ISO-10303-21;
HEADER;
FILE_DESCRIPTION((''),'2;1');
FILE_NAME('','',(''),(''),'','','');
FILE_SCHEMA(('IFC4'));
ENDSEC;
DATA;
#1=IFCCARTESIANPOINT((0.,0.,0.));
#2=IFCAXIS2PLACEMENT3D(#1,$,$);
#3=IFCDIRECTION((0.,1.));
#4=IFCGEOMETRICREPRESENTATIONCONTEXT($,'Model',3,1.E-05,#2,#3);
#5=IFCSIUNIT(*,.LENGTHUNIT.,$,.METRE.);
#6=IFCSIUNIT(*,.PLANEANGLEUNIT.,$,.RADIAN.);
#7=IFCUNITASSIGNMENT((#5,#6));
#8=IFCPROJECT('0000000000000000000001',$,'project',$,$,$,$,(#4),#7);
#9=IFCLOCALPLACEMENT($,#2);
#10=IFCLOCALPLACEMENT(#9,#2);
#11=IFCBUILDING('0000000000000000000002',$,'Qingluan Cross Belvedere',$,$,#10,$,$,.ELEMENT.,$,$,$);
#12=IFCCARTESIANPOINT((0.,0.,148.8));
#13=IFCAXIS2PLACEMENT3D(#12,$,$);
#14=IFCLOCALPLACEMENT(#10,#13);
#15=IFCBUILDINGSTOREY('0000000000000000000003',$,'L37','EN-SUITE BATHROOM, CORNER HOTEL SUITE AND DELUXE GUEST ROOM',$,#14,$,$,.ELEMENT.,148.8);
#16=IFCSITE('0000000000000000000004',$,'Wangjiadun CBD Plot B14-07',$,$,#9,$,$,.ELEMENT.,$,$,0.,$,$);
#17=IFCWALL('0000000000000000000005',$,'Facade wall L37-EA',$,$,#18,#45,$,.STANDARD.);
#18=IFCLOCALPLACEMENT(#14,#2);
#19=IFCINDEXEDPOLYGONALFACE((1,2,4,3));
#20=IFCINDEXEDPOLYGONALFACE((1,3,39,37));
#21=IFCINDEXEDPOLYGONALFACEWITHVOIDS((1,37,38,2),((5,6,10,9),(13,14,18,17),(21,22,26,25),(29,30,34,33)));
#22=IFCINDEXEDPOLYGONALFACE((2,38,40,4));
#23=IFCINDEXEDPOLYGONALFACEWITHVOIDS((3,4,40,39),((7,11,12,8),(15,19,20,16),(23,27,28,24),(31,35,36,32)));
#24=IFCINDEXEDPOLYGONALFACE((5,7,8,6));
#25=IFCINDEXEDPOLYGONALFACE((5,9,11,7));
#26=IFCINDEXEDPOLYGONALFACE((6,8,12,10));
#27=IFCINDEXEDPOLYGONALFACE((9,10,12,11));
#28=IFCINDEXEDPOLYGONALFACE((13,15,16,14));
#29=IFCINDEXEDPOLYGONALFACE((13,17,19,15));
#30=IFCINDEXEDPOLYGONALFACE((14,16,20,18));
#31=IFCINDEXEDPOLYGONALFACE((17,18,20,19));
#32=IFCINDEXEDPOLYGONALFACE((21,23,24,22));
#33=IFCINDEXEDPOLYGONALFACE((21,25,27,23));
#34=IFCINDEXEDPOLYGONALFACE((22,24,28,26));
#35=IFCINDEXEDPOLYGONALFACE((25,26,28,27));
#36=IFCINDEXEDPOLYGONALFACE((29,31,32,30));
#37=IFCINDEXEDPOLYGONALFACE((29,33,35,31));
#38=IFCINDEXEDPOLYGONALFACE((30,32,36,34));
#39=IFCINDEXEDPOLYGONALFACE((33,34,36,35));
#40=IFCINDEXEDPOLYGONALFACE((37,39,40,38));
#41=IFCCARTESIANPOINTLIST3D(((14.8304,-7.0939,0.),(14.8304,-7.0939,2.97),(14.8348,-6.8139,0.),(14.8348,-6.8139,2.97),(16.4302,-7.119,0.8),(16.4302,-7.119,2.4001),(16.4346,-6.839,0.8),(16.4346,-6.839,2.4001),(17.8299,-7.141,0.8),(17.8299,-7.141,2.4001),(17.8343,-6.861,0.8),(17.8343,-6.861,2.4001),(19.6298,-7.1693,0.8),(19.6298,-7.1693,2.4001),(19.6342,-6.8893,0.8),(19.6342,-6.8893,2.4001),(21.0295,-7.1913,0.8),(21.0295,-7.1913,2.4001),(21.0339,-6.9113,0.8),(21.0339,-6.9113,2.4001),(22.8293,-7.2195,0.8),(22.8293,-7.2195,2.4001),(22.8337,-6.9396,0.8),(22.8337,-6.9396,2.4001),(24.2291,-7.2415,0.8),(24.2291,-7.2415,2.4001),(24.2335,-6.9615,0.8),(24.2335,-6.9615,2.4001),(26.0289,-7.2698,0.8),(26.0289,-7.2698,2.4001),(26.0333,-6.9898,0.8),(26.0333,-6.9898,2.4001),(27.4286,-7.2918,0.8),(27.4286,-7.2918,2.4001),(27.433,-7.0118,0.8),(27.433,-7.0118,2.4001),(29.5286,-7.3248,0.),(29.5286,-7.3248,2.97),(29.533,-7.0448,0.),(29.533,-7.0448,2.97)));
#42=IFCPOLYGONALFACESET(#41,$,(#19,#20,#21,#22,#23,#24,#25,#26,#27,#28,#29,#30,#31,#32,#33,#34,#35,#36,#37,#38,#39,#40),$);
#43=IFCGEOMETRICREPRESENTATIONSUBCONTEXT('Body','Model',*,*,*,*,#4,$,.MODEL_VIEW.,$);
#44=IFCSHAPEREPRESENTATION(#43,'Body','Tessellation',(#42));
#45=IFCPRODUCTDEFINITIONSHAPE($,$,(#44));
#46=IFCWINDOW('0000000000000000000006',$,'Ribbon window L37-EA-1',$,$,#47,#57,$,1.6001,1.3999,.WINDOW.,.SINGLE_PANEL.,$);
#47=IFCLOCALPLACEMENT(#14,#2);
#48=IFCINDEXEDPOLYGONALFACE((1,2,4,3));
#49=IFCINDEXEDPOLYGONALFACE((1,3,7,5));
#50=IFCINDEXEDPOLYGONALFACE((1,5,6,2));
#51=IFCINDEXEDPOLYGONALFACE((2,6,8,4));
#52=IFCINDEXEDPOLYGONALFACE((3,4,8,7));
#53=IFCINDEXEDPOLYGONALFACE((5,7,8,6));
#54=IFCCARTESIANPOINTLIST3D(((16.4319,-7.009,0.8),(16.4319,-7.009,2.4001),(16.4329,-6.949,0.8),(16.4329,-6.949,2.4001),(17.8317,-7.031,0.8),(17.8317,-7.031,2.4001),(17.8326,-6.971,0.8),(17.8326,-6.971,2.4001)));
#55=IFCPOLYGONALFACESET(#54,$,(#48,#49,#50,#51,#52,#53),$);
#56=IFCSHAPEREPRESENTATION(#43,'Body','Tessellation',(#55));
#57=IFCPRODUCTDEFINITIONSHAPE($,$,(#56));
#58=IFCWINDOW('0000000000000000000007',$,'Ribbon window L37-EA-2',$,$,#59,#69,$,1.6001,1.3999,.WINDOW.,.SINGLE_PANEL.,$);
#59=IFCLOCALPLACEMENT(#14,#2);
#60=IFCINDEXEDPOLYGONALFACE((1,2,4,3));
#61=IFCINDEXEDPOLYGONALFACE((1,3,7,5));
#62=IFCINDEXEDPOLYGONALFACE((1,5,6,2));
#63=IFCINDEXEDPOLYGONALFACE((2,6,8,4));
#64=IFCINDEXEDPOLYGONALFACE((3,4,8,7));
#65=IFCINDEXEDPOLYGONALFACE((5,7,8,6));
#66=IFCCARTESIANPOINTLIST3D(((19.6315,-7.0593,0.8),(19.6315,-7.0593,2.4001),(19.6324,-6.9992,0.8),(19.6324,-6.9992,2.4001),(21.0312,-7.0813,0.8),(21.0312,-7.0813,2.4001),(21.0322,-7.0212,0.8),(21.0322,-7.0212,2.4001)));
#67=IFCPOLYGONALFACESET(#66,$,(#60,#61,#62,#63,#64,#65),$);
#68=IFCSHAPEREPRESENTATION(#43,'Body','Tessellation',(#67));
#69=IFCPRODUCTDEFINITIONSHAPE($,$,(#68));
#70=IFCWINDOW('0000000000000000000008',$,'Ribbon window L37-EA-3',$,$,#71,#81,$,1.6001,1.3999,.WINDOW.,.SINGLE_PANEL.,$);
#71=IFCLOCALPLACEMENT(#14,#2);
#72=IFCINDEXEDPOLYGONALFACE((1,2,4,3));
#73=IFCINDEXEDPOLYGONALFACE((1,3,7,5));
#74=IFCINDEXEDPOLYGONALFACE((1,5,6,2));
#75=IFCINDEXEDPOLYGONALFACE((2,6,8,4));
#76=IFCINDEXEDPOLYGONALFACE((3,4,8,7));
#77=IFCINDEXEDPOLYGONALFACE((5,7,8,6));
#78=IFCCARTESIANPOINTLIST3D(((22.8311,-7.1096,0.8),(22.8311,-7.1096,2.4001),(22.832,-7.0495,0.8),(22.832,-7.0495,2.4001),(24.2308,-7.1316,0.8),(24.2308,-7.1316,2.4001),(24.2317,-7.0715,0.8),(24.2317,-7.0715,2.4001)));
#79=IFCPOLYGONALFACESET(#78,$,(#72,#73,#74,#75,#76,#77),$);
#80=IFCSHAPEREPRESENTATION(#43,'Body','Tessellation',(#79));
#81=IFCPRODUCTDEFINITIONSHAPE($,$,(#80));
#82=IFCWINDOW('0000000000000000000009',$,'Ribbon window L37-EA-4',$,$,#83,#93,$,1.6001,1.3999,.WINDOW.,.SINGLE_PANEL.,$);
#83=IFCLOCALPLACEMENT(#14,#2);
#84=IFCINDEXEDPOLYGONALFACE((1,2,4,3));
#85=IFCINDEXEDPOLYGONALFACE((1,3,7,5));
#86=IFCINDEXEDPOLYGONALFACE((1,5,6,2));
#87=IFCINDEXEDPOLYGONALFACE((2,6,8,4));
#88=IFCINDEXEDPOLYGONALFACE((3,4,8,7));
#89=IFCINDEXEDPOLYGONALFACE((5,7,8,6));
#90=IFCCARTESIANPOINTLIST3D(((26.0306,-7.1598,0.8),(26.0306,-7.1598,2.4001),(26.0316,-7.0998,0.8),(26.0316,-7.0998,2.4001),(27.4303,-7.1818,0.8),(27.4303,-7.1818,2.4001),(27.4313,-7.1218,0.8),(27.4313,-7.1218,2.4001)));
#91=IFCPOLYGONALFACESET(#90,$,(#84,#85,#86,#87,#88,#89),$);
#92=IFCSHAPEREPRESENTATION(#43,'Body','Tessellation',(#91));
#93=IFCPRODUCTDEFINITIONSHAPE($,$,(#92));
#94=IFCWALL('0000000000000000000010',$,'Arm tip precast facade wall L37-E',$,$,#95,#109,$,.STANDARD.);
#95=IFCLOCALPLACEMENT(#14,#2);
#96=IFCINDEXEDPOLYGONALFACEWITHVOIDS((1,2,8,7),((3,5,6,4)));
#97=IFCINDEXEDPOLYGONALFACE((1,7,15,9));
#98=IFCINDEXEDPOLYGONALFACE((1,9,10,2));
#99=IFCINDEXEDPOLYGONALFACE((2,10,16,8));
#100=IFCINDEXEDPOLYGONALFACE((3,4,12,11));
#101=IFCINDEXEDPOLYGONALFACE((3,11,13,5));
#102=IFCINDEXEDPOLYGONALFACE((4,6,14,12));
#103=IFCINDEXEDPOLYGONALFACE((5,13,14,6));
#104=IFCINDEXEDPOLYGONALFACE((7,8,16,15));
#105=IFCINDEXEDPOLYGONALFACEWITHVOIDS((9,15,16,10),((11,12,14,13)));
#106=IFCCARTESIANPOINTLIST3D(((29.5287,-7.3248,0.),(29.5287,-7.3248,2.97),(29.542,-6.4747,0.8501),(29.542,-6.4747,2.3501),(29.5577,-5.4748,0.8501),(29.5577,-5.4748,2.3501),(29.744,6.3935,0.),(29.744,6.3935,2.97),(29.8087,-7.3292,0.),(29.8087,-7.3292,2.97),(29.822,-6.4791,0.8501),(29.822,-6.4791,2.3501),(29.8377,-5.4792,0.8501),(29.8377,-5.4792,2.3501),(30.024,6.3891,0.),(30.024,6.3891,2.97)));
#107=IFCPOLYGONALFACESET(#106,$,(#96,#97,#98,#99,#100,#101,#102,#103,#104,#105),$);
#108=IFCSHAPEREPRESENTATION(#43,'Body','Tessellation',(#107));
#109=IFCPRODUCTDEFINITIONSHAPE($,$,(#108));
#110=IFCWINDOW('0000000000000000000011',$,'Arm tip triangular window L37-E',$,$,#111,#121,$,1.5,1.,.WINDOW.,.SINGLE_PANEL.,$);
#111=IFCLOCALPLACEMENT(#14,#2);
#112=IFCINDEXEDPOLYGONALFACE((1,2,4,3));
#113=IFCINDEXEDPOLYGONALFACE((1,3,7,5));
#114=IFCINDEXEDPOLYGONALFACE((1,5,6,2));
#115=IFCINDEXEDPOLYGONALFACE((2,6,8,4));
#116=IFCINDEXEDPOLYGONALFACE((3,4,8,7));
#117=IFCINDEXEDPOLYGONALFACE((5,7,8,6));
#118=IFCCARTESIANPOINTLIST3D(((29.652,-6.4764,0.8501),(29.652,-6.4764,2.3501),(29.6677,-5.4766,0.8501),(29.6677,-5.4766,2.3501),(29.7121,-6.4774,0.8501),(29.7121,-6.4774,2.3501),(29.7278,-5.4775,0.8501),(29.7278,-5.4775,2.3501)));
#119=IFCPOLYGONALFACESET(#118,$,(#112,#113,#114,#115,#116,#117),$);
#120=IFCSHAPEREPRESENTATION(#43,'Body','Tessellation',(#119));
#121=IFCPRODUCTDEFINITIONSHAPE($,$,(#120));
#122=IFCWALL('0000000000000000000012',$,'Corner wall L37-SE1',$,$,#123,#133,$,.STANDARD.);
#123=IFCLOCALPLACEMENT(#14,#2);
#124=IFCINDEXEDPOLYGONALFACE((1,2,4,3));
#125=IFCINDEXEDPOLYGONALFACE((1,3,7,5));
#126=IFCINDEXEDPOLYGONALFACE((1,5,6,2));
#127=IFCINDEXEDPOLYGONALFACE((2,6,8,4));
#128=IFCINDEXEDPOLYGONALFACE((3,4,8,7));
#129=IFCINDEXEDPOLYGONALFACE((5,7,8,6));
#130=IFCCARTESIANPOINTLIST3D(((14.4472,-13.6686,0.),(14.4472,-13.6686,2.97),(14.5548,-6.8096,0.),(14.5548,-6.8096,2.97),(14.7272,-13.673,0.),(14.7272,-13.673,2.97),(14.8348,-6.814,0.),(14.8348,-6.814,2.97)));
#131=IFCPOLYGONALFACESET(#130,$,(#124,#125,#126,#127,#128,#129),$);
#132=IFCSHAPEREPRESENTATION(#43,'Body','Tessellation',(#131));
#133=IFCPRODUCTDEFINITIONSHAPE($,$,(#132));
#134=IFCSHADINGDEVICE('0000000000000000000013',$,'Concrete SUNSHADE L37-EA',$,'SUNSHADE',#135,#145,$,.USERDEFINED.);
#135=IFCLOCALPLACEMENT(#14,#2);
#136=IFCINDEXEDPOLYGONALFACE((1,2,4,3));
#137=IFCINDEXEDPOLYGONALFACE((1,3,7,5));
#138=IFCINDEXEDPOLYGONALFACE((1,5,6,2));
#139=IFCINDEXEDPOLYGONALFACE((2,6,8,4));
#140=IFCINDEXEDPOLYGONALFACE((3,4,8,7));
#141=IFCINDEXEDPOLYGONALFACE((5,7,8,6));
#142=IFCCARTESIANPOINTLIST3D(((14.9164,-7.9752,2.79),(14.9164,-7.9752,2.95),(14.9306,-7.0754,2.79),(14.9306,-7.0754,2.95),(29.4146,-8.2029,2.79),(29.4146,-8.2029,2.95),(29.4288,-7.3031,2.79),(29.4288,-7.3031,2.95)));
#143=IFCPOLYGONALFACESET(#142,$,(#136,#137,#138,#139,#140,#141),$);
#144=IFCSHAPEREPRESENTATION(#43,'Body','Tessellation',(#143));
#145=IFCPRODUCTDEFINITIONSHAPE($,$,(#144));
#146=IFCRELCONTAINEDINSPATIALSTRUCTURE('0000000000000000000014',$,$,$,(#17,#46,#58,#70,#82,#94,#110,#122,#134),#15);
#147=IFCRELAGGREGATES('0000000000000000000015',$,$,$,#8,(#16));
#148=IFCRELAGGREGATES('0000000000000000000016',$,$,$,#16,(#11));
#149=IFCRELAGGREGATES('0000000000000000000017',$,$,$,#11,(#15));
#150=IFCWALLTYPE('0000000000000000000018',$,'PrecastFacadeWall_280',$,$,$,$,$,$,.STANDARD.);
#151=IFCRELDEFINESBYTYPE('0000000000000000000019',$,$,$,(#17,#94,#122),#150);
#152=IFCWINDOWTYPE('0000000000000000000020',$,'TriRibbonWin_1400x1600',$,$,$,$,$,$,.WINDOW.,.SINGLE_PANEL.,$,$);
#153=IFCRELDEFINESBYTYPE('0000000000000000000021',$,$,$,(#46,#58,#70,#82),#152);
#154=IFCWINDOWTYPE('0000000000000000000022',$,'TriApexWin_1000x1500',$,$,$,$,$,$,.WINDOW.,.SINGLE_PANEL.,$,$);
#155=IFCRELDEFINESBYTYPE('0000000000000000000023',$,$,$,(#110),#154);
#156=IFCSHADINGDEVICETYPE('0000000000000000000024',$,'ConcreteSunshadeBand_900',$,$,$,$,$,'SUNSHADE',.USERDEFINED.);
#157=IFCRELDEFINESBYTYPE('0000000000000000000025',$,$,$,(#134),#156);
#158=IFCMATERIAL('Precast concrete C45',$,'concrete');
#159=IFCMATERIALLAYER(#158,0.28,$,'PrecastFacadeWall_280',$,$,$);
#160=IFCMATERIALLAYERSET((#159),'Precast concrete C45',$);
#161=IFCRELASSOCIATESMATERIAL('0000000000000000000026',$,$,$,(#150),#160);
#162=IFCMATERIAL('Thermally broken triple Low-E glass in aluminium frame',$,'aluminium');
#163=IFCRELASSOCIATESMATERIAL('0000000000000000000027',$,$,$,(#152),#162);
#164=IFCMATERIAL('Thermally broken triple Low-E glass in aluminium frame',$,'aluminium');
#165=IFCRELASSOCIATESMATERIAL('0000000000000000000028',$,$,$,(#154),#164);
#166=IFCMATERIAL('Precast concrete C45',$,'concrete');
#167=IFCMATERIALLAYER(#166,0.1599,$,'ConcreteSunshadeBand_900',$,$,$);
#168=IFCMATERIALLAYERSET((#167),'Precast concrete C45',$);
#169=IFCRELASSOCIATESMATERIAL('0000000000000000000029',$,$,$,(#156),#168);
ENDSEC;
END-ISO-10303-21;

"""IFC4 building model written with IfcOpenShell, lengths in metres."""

from ifc_helpers import new_model, si_unit, direction, frame, frame_2d, origin, origin_2d, place, context, subcontext, project, spatial, rectangle, extrude, material, layer, layer_set, type_object, element, fill, save


model = new_model("IFC4")

# Units and contexts
model_context = context("Model", 3, precision=1e-05, world=origin(), true_north=direction((0.0, 1.0)))
body_context = subcontext(model_context, "Body", "Model", "MODEL_VIEW")
ifc_project = project(units=[si_unit("LENGTHUNIT", "METRE"), si_unit("PLANEANGLEUNIT", "RADIAN")], contexts=[model_context])

# Site, building, storey
site_placement = place(None, origin())
site = spatial("IfcSite", under=ifc_project, at=site_placement, Name="Wangjiadun CBD Plot B14-07", CompositionType="ELEMENT", RefElevation=0.0)
building_placement = place(site_placement, origin())
building = spatial("IfcBuilding", under=site, at=building_placement, Name="Qingluan Cross Belvedere", CompositionType="ELEMENT")
storey_placement = place(building_placement, frame((0.0, 0.0, 148.8)))
storey = spatial("IfcBuildingStorey", under=building, at=storey_placement, Name="L37", Description="EN-SUITE BATHROOM, CORNER HOTEL SUITE AND DELUXE GUEST ROOM", CompositionType="ELEMENT", Elevation=148.8)

# Wall, openings, windows
ifc_material_1 = material(Name="Precast concrete C45", Category="concrete")
ifc_layer_1 = layer(ifc_material_1, 0.28, Name="PrecastFacadeWall_280")
ifc_layer_set_1 = layer_set([ifc_layer_1], Name="Precast concrete C45")
wall_type_1 = type_object("IfcWallType", Name="PrecastFacadeWall_280", PredefinedType="STANDARD", material=ifc_layer_set_1)
wall_1_placement = place(storey_placement, frame((14.8325, -6.9539, 0.0), z_axis=(0.0, 0.0, 1.0), x_axis=(0.999877, -0.015711, 0.0)))
wall_1 = element("IfcWall", 1, at=wall_1_placement, inside=storey, type_object=wall_type_1, Name="Facade wall L37-EA", PredefinedType="STANDARD", context=body_context, shape_type="SweptSolid", body=[
    extrude(rectangle(XDim=14.7, YDim=0.28, at=frame_2d((7.3501, 0.0))), origin(), (0.0, 0.0, 1.0), 2.97),
])
opening_1_placement = place(wall_1_placement, frame((1.6001, 0.0, 0.8)))
opening_1 = element("IfcOpeningElement", 2, at=opening_1_placement, cuts=wall_1, PredefinedType="OPENING", context=body_context, shape_type="SweptSolid", body=[
    extrude(rectangle(XDim=1.3999, YDim=1.6001, at=frame_2d((0.7, 0.8))), frame((0.0, 0.1499, 0.0), z_axis=(0.0, -1.0, 0.0), x_axis=(1.0, 0.0, 0.0)), (0.0, 0.0, 1.0), 0.3),
])
opening_2_placement = place(wall_1_placement, frame((4.8, 0.0, 0.8)))
opening_2 = element("IfcOpeningElement", 3, at=opening_2_placement, cuts=wall_1, PredefinedType="OPENING", context=body_context, shape_type="SweptSolid", body=[
    extrude(rectangle(XDim=1.3999, YDim=1.6001, at=frame_2d((0.7, 0.8))), frame((0.0, 0.1499, 0.0), z_axis=(0.0, -1.0, 0.0), x_axis=(1.0, 0.0, 0.0)), (0.0, 0.0, 1.0), 0.3),
])
opening_3_placement = place(wall_1_placement, frame((8.0, 0.0, 0.8)))
opening_3 = element("IfcOpeningElement", 4, at=opening_3_placement, cuts=wall_1, PredefinedType="OPENING", context=body_context, shape_type="SweptSolid", body=[
    extrude(rectangle(XDim=1.3999, YDim=1.6001, at=frame_2d((0.7, 0.8))), frame((0.0, 0.1499, 0.0), z_axis=(0.0, -1.0, 0.0), x_axis=(1.0, 0.0, 0.0)), (0.0, 0.0, 1.0), 0.3),
])
opening_4_placement = place(wall_1_placement, frame((11.2, 0.0, 0.8)))
opening_4 = element("IfcOpeningElement", 5, at=opening_4_placement, cuts=wall_1, PredefinedType="OPENING", context=body_context, shape_type="SweptSolid", body=[
    extrude(rectangle(XDim=1.3999, YDim=1.6001, at=frame_2d((0.7, 0.8))), frame((0.0, 0.1499, 0.0), z_axis=(0.0, -1.0, 0.0), x_axis=(1.0, 0.0, 0.0)), (0.0, 0.0, 1.0), 0.3),
])
ifc_material_2 = material(Name="Thermally broken triple Low-E glass in aluminium frame", Category="aluminium")
window_type_1 = type_object("IfcWindowType", Name="TriRibbonWin_1400x1600", PartitioningType="SINGLE_PANEL", PredefinedType="WINDOW", material=ifc_material_2)
window_1_placement = place(opening_1_placement, origin())
window_1 = element("IfcWindow", 6, at=window_1_placement, inside=storey, type_object=window_type_1, Name="Ribbon window L37-EA-1", OverallHeight=1.6001, OverallWidth=1.3999, PartitioningType="SINGLE_PANEL", PredefinedType="WINDOW", context=body_context, shape_type="SweptSolid", body=[
    extrude(rectangle(XDim=1.3999, YDim=1.6001, at=frame_2d((0.7, 0.8))), frame((0.0, 0.03, 0.0), z_axis=(0.0, -1.0, 0.0), x_axis=(1.0, 0.0, 0.0)), (0.0, 0.0, 1.0), 0.0601),
])
fill(opening_1, window_1)
window_2_placement = place(opening_2_placement, origin())
window_2 = element("IfcWindow", 7, at=window_2_placement, inside=storey, type_object=window_type_1, Name="Ribbon window L37-EA-2", OverallHeight=1.6001, OverallWidth=1.3999, PartitioningType="SINGLE_PANEL", PredefinedType="WINDOW", context=body_context, shape_type="SweptSolid", body=[
    extrude(rectangle(XDim=1.3999, YDim=1.6001, at=frame_2d((0.7, 0.8))), frame((0.0, 0.03, 0.0), z_axis=(0.0, -1.0, 0.0), x_axis=(1.0, 0.0, 0.0)), (0.0, 0.0, 1.0), 0.0601),
])
fill(opening_2, window_2)
window_3_placement = place(opening_3_placement, origin())
window_3 = element("IfcWindow", 8, at=window_3_placement, inside=storey, type_object=window_type_1, Name="Ribbon window L37-EA-3", OverallHeight=1.6001, OverallWidth=1.3999, PartitioningType="SINGLE_PANEL", PredefinedType="WINDOW", context=body_context, shape_type="SweptSolid", body=[
    extrude(rectangle(XDim=1.3999, YDim=1.6001, at=frame_2d((0.7, 0.8))), frame((0.0, 0.03, 0.0), z_axis=(0.0, -1.0, 0.0), x_axis=(1.0, 0.0, 0.0)), (0.0, 0.0, 1.0), 0.0601),
])
fill(opening_3, window_3)
window_4_placement = place(opening_4_placement, origin())
window_4 = element("IfcWindow", 9, at=window_4_placement, inside=storey, type_object=window_type_1, Name="Ribbon window L37-EA-4", OverallHeight=1.6001, OverallWidth=1.3999, PartitioningType="SINGLE_PANEL", PredefinedType="WINDOW", context=body_context, shape_type="SweptSolid", body=[
    extrude(rectangle(XDim=1.3999, YDim=1.6001, at=frame_2d((0.7, 0.8))), frame((0.0, 0.03, 0.0), z_axis=(0.0, -1.0, 0.0), x_axis=(1.0, 0.0, 0.0)), (0.0, 0.0, 1.0), 0.0601),
])
fill(opening_4, window_4)

# Wall, opening, window
wall_2_placement = place(storey_placement, frame((29.6687, -7.3269, 0.0), z_axis=(0.0, 0.0, 1.0), x_axis=(0.015695, 0.999877, 0.0)))
wall_2 = element("IfcWall", 10, at=wall_2_placement, inside=storey, type_object=wall_type_1, Name="Arm tip precast facade wall L37-E", PredefinedType="STANDARD", context=body_context, shape_type="SweptSolid", body=[
    extrude(rectangle(XDim=13.72, YDim=0.28, at=frame_2d((6.8599, 0.0))), origin(), (0.0, 0.0, 1.0), 2.97),
])
opening_5_placement = place(wall_2_placement, frame((0.8501, 0.0, 0.8501)))
opening_5 = element("IfcOpeningElement", 11, at=opening_5_placement, cuts=wall_2, PredefinedType="OPENING", context=body_context, shape_type="SweptSolid", body=[
    extrude(rectangle(XDim=1.0, YDim=1.5, at=frame_2d((0.5, 0.75))), frame((0.0, 0.1499, 0.0), z_axis=(0.0, -1.0, 0.0), x_axis=(1.0, 0.0, 0.0)), (0.0, 0.0, 1.0), 0.3),
])
ifc_material_3 = material(Name="Thermally broken triple Low-E glass in aluminium frame", Category="aluminium")
window_type_2 = type_object("IfcWindowType", Name="TriApexWin_1000x1500", PartitioningType="SINGLE_PANEL", PredefinedType="WINDOW", material=ifc_material_3)
window_5_placement = place(opening_5_placement, origin())
window_5 = element("IfcWindow", 12, at=window_5_placement, inside=storey, type_object=window_type_2, Name="Arm tip triangular window L37-E", OverallHeight=1.5, OverallWidth=1.0, PartitioningType="SINGLE_PANEL", PredefinedType="WINDOW", context=body_context, shape_type="SweptSolid", body=[
    extrude(rectangle(XDim=1.0, YDim=1.5, at=frame_2d((0.5, 0.75))), frame((0.0, 0.03, 0.0), z_axis=(0.0, -1.0, 0.0), x_axis=(1.0, 0.0, 0.0)), (0.0, 0.0, 1.0), 0.0601),
])
fill(opening_5, window_5)

# Wall
wall_3_placement = place(storey_placement, frame((14.6948, -6.8118, 0.0), z_axis=(0.0, 0.0, 1.0), x_axis=(-0.015695, -0.999877, 0.0)))
element("IfcWall", 13, at=wall_3_placement, inside=storey, type_object=wall_type_1, Name="Corner wall L37-SE1", PredefinedType="STANDARD", context=body_context, shape_type="SweptSolid", body=[
    extrude(rectangle(XDim=6.8599, YDim=0.28, at=frame_2d((3.4299, 0.0))), origin(), (0.0, 0.0, 1.0), 2.97),
])

# Shading device
ifc_material_4 = material(Name="Precast concrete C45", Category="concrete")
ifc_layer_2 = layer(ifc_material_4, 0.1599, Name="ConcreteSunshadeBand_900")
ifc_layer_set_2 = layer_set([ifc_layer_2], Name="Precast concrete C45")
shading_device_type = type_object("IfcShadingDeviceType", Name="ConcreteSunshadeBand_900", ElementType="SUNSHADE", PredefinedType="USERDEFINED", material=ifc_layer_set_2)
shading_device_placement = place(storey_placement, frame((22.1726, -7.6392, 2.79), z_axis=(0.0, 0.0, 1.0), x_axis=(0.999877, -0.015707, 0.0)))
element("IfcShadingDevice", 14, at=shading_device_placement, inside=storey, type_object=shading_device_type, Name="Concrete SUNSHADE L37-EA", ObjectType="SUNSHADE", PredefinedType="USERDEFINED", context=body_context, shape_type="SweptSolid", body=[
    extrude(rectangle(XDim=14.5, YDim=0.8999, at=origin_2d()), origin(), (0.0, 0.0, 1.0), 0.1599),
])

save(model, "model.ifc")
